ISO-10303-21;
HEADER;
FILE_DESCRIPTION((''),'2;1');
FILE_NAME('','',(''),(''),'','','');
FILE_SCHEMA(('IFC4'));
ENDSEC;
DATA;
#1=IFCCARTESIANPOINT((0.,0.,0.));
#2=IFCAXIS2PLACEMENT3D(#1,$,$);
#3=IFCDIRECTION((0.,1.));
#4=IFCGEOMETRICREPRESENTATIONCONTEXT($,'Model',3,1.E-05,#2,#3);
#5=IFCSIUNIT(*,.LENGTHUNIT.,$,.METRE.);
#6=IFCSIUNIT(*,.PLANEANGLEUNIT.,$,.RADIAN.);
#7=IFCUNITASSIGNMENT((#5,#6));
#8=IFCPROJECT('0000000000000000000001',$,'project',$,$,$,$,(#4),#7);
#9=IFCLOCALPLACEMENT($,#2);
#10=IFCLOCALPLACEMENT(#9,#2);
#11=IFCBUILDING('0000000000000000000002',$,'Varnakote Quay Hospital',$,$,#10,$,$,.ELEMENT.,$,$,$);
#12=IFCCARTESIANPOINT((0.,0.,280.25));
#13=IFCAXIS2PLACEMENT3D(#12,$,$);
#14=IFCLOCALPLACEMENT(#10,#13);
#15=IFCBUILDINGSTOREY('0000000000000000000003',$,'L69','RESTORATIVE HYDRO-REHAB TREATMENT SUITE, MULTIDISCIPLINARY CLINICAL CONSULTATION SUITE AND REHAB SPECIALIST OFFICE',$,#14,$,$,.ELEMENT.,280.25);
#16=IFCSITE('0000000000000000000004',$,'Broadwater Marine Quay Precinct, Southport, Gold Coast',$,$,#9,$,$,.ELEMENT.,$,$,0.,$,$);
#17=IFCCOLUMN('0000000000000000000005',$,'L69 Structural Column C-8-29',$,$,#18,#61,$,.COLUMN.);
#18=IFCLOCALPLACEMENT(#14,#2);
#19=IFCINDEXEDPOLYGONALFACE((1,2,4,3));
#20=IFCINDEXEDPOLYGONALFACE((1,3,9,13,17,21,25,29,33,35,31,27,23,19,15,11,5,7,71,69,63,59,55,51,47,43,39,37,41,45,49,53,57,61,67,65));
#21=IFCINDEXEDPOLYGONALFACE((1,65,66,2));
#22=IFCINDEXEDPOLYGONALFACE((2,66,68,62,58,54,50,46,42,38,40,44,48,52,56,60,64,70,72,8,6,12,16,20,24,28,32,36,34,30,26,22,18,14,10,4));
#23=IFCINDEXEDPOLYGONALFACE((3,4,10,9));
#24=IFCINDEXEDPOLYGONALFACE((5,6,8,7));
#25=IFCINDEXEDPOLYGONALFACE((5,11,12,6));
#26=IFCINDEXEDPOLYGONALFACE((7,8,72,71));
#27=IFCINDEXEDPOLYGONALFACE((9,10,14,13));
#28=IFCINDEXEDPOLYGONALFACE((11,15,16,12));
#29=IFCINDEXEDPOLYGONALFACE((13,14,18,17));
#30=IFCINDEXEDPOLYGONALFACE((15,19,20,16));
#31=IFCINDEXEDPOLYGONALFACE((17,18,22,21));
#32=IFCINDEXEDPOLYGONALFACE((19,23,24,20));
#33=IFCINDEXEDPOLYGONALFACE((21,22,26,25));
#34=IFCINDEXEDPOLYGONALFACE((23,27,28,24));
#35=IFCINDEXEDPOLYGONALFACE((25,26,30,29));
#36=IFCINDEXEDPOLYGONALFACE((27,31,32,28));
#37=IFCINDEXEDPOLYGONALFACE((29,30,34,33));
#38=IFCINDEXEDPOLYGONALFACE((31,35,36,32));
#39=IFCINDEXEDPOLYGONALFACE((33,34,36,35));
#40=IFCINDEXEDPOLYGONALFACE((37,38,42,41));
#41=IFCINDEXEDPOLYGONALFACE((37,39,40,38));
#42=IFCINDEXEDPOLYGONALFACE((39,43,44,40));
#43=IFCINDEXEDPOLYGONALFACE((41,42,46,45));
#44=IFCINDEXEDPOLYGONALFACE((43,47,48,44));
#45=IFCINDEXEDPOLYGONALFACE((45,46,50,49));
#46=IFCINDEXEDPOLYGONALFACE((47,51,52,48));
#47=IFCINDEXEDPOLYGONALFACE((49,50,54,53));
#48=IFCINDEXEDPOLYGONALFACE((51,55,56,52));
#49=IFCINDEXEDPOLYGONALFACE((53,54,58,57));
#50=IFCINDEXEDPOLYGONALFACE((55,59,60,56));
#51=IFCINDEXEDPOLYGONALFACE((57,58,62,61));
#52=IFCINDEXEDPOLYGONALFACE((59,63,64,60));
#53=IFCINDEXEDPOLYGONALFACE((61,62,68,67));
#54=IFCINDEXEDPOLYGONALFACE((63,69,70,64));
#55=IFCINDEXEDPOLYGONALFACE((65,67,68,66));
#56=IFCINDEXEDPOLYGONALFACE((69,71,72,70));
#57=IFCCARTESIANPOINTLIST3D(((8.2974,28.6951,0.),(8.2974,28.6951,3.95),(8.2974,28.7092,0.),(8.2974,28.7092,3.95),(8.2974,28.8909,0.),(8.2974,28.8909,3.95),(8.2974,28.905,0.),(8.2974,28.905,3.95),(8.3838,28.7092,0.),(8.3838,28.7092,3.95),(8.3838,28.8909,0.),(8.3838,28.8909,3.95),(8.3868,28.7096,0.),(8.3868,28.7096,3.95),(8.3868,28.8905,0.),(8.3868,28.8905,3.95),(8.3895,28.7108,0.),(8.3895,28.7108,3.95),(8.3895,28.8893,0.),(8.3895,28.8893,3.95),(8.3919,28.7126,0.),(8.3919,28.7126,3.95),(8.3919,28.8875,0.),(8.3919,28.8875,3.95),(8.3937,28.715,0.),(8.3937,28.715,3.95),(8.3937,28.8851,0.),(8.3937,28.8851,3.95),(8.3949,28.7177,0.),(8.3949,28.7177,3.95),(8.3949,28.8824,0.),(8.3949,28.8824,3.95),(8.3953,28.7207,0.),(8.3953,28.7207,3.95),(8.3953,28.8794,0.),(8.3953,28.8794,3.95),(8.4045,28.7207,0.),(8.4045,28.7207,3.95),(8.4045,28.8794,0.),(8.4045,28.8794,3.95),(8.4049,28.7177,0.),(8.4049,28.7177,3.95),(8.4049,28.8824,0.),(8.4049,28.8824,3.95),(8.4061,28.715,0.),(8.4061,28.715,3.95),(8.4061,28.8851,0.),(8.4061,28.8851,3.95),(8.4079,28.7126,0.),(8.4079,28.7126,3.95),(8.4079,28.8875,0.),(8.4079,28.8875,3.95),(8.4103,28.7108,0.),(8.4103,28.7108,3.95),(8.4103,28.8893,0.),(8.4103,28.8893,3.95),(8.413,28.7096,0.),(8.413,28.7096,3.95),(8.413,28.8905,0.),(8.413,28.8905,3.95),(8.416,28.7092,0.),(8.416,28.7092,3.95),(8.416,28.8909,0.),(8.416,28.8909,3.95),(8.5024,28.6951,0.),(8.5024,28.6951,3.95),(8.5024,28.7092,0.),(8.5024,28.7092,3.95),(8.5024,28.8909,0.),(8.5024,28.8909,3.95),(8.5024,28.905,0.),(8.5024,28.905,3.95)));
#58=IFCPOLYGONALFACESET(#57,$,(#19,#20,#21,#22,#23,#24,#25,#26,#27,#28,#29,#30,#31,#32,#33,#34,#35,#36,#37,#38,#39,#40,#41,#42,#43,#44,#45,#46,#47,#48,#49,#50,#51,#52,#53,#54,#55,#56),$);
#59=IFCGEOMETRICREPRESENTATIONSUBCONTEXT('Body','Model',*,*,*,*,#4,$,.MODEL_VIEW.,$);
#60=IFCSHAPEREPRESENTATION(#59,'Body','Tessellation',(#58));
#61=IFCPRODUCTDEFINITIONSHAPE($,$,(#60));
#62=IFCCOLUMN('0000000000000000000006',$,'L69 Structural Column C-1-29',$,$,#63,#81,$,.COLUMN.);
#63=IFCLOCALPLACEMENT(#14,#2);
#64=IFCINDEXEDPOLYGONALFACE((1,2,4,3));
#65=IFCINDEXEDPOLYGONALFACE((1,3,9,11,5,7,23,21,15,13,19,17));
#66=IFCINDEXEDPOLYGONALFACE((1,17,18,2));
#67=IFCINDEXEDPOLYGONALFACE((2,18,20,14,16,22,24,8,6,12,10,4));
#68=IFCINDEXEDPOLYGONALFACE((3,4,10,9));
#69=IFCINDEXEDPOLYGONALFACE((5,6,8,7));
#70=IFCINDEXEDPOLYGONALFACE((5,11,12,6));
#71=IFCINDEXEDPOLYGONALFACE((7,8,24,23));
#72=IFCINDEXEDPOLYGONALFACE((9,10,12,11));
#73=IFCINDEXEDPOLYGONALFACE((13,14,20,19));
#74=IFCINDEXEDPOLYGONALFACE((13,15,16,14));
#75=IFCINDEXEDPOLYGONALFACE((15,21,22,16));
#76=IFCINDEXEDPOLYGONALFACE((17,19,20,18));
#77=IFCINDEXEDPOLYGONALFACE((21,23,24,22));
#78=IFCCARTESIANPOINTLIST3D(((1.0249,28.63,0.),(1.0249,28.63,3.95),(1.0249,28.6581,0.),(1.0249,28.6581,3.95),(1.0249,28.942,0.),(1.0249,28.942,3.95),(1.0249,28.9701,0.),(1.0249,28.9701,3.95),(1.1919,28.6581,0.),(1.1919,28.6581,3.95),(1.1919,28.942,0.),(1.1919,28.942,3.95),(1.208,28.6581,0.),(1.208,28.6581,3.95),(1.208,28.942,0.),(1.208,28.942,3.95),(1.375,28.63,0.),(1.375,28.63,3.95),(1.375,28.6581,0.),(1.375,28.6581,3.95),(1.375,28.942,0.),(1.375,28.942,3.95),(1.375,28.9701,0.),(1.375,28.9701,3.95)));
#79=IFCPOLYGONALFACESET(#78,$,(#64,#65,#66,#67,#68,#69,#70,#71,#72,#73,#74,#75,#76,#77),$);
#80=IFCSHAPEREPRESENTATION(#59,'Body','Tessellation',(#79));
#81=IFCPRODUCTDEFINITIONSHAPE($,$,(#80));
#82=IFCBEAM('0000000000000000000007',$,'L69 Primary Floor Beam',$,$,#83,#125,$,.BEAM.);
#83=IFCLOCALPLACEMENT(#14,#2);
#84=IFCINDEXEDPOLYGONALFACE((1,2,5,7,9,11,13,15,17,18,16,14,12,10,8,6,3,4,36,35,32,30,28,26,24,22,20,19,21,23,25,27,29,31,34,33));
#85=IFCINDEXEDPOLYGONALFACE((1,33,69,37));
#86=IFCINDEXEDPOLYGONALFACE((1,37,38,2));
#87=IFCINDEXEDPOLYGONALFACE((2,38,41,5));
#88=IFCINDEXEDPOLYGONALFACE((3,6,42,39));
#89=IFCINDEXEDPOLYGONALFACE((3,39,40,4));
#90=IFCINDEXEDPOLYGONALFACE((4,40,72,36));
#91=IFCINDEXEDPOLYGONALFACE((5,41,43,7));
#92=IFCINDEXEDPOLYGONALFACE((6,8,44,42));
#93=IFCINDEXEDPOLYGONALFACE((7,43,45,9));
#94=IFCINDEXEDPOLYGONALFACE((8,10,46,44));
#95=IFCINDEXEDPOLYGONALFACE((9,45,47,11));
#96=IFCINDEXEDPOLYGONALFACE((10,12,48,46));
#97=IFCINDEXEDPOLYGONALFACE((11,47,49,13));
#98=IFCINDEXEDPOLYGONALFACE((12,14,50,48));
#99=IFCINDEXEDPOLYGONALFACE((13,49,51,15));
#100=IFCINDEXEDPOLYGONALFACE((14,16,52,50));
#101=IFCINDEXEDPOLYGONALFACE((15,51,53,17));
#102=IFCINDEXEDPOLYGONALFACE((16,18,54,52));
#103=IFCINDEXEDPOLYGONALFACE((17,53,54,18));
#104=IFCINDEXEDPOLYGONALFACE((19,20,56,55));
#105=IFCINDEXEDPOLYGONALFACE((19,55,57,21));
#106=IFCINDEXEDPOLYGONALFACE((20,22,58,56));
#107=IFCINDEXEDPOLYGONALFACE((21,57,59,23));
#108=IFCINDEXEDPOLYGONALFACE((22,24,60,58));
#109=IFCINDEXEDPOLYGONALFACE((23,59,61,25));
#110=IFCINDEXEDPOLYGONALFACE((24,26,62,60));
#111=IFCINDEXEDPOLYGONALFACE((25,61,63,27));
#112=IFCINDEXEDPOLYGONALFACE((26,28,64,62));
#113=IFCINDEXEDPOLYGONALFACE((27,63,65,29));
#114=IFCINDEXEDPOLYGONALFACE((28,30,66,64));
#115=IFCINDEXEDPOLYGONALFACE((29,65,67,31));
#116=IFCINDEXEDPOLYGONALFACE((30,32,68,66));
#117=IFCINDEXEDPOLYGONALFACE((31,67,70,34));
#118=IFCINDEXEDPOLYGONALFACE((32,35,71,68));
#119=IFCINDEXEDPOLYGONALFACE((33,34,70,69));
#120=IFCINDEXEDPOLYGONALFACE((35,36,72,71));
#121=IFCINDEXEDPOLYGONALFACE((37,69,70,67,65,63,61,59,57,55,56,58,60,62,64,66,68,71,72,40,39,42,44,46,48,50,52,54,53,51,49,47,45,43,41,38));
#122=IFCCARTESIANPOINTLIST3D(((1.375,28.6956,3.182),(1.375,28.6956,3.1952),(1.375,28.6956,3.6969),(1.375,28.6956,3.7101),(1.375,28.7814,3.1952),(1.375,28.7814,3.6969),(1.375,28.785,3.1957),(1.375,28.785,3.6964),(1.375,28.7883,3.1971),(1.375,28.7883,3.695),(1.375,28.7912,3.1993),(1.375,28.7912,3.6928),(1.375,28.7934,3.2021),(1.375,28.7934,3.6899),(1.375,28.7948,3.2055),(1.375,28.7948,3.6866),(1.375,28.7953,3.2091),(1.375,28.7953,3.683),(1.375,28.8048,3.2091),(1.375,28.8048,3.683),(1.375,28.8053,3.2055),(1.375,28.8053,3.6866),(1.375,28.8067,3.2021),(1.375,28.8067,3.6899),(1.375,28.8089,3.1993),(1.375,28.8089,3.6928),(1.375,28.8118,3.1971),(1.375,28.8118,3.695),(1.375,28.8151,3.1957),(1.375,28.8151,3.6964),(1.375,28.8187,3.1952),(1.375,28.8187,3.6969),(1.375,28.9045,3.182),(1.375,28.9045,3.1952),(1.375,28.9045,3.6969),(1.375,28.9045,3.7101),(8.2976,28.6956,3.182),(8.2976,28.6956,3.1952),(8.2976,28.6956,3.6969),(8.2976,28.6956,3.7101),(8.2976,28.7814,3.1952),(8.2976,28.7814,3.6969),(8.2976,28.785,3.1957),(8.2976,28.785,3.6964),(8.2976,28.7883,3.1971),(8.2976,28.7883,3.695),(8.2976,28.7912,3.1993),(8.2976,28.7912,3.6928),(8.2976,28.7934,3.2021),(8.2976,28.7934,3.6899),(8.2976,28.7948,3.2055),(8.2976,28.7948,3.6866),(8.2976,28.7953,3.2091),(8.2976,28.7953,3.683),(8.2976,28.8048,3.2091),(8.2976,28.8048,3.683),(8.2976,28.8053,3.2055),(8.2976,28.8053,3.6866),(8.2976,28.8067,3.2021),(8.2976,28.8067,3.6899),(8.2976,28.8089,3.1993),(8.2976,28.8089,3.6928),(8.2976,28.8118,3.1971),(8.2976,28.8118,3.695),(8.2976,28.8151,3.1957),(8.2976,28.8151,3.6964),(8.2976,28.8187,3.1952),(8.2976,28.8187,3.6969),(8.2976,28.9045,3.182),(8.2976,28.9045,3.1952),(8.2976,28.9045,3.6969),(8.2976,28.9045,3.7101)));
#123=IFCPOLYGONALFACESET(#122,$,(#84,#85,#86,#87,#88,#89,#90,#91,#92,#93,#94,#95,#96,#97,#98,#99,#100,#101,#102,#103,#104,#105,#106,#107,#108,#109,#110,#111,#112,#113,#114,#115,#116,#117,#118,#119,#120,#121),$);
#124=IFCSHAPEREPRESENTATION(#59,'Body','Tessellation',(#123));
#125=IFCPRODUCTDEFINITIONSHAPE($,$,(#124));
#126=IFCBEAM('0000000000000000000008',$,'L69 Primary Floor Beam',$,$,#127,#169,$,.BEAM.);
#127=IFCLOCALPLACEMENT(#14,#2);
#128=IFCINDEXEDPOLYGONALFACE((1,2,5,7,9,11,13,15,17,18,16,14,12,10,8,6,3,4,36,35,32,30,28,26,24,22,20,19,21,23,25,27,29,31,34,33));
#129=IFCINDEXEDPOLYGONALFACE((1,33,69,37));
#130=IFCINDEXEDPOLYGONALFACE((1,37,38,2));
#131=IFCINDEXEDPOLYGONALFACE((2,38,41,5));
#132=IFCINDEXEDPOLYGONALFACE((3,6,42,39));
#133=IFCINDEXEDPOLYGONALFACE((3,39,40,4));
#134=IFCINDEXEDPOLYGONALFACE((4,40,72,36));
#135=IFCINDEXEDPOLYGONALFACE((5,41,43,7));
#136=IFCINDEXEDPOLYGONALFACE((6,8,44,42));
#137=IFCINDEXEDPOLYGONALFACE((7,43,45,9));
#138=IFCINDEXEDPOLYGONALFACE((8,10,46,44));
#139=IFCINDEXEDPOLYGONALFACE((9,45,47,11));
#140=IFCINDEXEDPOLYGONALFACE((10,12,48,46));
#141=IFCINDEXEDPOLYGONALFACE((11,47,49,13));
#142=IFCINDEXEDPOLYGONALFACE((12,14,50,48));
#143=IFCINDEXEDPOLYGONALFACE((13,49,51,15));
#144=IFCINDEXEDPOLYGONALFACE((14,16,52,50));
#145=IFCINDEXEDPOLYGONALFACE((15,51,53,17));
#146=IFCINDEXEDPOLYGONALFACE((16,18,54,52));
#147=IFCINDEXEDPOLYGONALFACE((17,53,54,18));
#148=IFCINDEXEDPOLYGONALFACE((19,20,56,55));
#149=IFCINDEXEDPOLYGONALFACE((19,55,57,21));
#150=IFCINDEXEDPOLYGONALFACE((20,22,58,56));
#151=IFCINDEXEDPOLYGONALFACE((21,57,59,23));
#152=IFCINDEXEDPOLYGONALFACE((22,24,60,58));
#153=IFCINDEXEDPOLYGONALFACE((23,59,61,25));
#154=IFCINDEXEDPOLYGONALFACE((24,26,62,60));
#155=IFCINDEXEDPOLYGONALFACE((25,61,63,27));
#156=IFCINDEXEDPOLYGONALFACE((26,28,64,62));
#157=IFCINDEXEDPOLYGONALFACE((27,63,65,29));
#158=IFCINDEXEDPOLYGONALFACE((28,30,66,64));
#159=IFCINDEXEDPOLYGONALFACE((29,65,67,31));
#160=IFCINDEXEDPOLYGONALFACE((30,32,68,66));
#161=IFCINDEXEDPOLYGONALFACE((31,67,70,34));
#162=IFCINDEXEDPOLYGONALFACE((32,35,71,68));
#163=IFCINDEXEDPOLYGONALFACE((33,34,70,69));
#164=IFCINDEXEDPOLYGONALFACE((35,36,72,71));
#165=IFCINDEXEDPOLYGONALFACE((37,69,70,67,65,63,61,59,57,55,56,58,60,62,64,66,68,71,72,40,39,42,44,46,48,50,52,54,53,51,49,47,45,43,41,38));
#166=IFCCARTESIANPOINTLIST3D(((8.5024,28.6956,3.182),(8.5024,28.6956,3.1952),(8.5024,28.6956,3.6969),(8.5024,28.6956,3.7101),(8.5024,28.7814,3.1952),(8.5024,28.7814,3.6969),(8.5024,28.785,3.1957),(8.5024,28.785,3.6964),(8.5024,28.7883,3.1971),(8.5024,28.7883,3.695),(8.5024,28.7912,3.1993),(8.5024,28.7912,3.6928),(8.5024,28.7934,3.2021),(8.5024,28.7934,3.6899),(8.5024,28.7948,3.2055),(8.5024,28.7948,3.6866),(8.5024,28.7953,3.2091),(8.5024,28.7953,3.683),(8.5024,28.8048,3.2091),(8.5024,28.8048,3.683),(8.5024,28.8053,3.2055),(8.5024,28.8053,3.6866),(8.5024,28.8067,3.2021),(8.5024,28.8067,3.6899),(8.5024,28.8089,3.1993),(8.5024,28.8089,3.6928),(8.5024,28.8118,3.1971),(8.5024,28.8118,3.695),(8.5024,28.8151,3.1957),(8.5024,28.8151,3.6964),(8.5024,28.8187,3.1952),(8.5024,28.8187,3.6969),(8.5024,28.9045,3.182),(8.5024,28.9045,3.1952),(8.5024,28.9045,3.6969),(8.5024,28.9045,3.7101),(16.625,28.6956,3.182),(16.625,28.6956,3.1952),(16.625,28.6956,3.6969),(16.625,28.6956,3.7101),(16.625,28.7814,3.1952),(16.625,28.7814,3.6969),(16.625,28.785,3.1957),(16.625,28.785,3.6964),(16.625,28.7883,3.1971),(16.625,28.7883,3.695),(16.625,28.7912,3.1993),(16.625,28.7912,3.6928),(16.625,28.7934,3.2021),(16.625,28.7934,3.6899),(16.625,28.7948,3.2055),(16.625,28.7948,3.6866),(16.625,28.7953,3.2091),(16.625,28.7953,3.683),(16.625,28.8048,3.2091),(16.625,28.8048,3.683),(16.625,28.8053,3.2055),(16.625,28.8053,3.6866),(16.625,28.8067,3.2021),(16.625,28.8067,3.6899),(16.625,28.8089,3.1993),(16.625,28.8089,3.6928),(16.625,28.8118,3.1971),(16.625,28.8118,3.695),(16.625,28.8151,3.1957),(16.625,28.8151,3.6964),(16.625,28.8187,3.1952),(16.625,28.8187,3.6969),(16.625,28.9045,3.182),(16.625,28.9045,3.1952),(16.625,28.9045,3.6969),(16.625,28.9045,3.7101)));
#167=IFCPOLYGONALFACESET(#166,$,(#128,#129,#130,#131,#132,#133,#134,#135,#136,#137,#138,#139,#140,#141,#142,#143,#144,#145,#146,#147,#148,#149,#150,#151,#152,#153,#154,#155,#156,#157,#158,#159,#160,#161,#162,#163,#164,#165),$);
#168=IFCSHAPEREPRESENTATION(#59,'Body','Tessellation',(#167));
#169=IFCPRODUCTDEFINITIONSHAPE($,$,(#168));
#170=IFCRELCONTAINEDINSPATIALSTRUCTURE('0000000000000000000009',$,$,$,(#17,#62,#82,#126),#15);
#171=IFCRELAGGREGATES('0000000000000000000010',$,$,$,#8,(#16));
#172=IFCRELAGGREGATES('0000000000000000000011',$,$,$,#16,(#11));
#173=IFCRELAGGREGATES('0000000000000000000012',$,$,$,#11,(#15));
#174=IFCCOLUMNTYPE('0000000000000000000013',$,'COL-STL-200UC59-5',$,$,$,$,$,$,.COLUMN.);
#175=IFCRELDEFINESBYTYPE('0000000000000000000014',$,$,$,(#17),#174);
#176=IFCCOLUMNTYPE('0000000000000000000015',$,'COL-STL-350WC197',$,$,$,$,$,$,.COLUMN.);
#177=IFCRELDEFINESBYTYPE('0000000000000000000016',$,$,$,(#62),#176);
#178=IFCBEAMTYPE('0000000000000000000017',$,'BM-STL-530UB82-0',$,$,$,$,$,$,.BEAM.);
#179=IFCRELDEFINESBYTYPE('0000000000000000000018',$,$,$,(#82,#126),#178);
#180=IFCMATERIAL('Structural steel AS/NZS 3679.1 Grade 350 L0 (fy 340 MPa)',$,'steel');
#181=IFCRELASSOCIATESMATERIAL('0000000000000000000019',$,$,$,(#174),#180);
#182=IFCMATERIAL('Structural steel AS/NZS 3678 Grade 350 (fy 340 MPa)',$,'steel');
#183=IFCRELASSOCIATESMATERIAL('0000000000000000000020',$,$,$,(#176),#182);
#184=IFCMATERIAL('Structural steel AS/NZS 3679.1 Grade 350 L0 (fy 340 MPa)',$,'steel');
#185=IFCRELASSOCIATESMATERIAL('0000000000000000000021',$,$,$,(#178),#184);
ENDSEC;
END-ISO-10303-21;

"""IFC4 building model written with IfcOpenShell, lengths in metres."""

from ifc_helpers import new_model, si_unit, direction, frame, origin, origin_2d, place, context, subcontext, project, spatial, i_section, extrude, material, material_profile, profile_set, type_object, element, save


model = new_model("IFC4")

# Units and contexts
model_context = context("Model", 3, precision=1e-05, world=origin(), true_north=direction((0.0, 1.0)))
body_context = subcontext(model_context, "Body", "Model", "MODEL_VIEW")
ifc_project = project(units=[si_unit("LENGTHUNIT", "METRE"), si_unit("PLANEANGLEUNIT", "RADIAN")], contexts=[model_context])

# Site, building, storey
site_placement = place(None, origin())
site = spatial("IfcSite", under=ifc_project, at=site_placement, Name="Broadwater Marine Quay Precinct, Southport, Gold Coast", CompositionType="ELEMENT", RefElevation=0.0)
building_placement = place(site_placement, origin())
building = spatial("IfcBuilding", under=site, at=building_placement, Name="Varnakote Quay Hospital", CompositionType="ELEMENT")
storey_placement = place(building_placement, frame((0.0, 0.0, 280.25)))
storey = spatial("IfcBuildingStorey", under=building, at=storey_placement, Name="L69", Description="RESTORATIVE HYDRO-REHAB TREATMENT SUITE, MULTIDISCIPLINARY CLINICAL CONSULTATION SUITE AND REHAB SPECIALIST OFFICE", CompositionType="ELEMENT", Elevation=280.25)

# Columns
ifc_material_1 = material(Name="Structural steel AS/NZS 3679.1 Grade 350 L0 (fy 340 MPa)", Category="steel")
ifc_material_profile_1 = material_profile(ifc_material_1, i_section(OverallWidth=0.2051, OverallDepth=0.21, WebThickness=0.0093, FlangeThickness=0.0142, FilletRadius=0.0115, at=origin_2d()), Name="200UC59.5")
ifc_profile_set_1 = profile_set([ifc_material_profile_1], Name="Structural steel AS/NZS 3679.1 Grade 350 L0 (fy 340 MPa)")
column_type_1 = type_object("IfcColumnType", Name="COL-STL-200UC59-5", PredefinedType="COLUMN", material=ifc_profile_set_1)
column_1_placement = place(storey_placement, frame((8.3999, 28.8, 0.0), z_axis=(0.0, 0.0, 1.0), x_axis=(1.0, 0.0, 0.0)))
element("IfcColumn", 1, at=column_1_placement, inside=storey, type_object=column_type_1, Name="L69 Structural Column C-8-29", PredefinedType="COLUMN", context=body_context, shape_type="SweptSolid", body=[
    extrude(i_section(OverallWidth=0.2051, OverallDepth=0.21, WebThickness=0.0093, FlangeThickness=0.0142, FilletRadius=0.0115, at=origin_2d()), origin(), (0.0, 0.0, 1.0), 3.95),
])
ifc_material_2 = material(Name="Structural steel AS/NZS 3678 Grade 350 (fy 340 MPa)", Category="steel")
ifc_material_profile_2 = material_profile(ifc_material_2, i_section(OverallWidth=0.3501, OverallDepth=0.3401, WebThickness=0.0161, FlangeThickness=0.0281, at=origin_2d()), Name="350WC197")
ifc_profile_set_2 = profile_set([ifc_material_profile_2], Name="Structural steel AS/NZS 3678 Grade 350 (fy 340 MPa)")
column_type_2 = type_object("IfcColumnType", Name="COL-STL-350WC197", PredefinedType="COLUMN", material=ifc_profile_set_2)
column_2_placement = place(storey_placement, frame((1.2, 28.8, 0.0), z_axis=(0.0, 0.0, 1.0), x_axis=(1.0, 0.0, 0.0)))
element("IfcColumn", 2, at=column_2_placement, inside=storey, type_object=column_type_2, Name="L69 Structural Column C-1-29", PredefinedType="COLUMN", context=body_context, shape_type="SweptSolid", body=[
    extrude(i_section(OverallWidth=0.3501, OverallDepth=0.3401, WebThickness=0.0161, FlangeThickness=0.0281, at=origin_2d()), origin(), (0.0, 0.0, 1.0), 3.95),
])

# Beams
ifc_material_3 = material(Name="Structural steel AS/NZS 3679.1 Grade 350 L0 (fy 340 MPa)", Category="steel")
ifc_material_profile_3 = material_profile(ifc_material_3, i_section(OverallWidth=0.209, OverallDepth=0.5281, WebThickness=0.0095, FlangeThickness=0.0132, FilletRadius=0.0139, at=origin_2d()), Name="530UB82.0")
ifc_profile_set_3 = profile_set([ifc_material_profile_3], Name="Structural steel AS/NZS 3679.1 Grade 350 L0 (fy 340 MPa)")
beam_type_1 = type_object("IfcBeamType", Name="BM-STL-530UB82-0", PredefinedType="BEAM", material=ifc_profile_set_3)
beam_1_placement = place(storey_placement, frame((1.375, 28.8, 3.446), z_axis=(1.0, 0.0, 0.0), x_axis=(0.0, 1.0, 0.0)))
element("IfcBeam", 3, at=beam_1_placement, inside=storey, type_object=beam_type_1, Name="L69 Primary Floor Beam", PredefinedType="BEAM", context=body_context, shape_type="SweptSolid", body=[
    extrude(i_section(OverallWidth=0.209, OverallDepth=0.5281, WebThickness=0.0095, FlangeThickness=0.0132, FilletRadius=0.0139, at=origin_2d()), origin(), (0.0, 0.0, 1.0), 6.9226),
])
beam_2_placement = place(storey_placement, frame((8.5024, 28.8, 3.446), z_axis=(1.0, 0.0, 0.0), x_axis=(0.0, 1.0, 0.0)))
element("IfcBeam", 4, at=beam_2_placement, inside=storey, type_object=beam_type_1, Name="L69 Primary Floor Beam", PredefinedType="BEAM", context=body_context, shape_type="SweptSolid", body=[
    extrude(i_section(OverallWidth=0.209, OverallDepth=0.5281, WebThickness=0.0095, FlangeThickness=0.0132, FilletRadius=0.0139, at=origin_2d()), origin(), (0.0, 0.0, 1.0), 8.1226),
])

save(model, "model.ifc")
